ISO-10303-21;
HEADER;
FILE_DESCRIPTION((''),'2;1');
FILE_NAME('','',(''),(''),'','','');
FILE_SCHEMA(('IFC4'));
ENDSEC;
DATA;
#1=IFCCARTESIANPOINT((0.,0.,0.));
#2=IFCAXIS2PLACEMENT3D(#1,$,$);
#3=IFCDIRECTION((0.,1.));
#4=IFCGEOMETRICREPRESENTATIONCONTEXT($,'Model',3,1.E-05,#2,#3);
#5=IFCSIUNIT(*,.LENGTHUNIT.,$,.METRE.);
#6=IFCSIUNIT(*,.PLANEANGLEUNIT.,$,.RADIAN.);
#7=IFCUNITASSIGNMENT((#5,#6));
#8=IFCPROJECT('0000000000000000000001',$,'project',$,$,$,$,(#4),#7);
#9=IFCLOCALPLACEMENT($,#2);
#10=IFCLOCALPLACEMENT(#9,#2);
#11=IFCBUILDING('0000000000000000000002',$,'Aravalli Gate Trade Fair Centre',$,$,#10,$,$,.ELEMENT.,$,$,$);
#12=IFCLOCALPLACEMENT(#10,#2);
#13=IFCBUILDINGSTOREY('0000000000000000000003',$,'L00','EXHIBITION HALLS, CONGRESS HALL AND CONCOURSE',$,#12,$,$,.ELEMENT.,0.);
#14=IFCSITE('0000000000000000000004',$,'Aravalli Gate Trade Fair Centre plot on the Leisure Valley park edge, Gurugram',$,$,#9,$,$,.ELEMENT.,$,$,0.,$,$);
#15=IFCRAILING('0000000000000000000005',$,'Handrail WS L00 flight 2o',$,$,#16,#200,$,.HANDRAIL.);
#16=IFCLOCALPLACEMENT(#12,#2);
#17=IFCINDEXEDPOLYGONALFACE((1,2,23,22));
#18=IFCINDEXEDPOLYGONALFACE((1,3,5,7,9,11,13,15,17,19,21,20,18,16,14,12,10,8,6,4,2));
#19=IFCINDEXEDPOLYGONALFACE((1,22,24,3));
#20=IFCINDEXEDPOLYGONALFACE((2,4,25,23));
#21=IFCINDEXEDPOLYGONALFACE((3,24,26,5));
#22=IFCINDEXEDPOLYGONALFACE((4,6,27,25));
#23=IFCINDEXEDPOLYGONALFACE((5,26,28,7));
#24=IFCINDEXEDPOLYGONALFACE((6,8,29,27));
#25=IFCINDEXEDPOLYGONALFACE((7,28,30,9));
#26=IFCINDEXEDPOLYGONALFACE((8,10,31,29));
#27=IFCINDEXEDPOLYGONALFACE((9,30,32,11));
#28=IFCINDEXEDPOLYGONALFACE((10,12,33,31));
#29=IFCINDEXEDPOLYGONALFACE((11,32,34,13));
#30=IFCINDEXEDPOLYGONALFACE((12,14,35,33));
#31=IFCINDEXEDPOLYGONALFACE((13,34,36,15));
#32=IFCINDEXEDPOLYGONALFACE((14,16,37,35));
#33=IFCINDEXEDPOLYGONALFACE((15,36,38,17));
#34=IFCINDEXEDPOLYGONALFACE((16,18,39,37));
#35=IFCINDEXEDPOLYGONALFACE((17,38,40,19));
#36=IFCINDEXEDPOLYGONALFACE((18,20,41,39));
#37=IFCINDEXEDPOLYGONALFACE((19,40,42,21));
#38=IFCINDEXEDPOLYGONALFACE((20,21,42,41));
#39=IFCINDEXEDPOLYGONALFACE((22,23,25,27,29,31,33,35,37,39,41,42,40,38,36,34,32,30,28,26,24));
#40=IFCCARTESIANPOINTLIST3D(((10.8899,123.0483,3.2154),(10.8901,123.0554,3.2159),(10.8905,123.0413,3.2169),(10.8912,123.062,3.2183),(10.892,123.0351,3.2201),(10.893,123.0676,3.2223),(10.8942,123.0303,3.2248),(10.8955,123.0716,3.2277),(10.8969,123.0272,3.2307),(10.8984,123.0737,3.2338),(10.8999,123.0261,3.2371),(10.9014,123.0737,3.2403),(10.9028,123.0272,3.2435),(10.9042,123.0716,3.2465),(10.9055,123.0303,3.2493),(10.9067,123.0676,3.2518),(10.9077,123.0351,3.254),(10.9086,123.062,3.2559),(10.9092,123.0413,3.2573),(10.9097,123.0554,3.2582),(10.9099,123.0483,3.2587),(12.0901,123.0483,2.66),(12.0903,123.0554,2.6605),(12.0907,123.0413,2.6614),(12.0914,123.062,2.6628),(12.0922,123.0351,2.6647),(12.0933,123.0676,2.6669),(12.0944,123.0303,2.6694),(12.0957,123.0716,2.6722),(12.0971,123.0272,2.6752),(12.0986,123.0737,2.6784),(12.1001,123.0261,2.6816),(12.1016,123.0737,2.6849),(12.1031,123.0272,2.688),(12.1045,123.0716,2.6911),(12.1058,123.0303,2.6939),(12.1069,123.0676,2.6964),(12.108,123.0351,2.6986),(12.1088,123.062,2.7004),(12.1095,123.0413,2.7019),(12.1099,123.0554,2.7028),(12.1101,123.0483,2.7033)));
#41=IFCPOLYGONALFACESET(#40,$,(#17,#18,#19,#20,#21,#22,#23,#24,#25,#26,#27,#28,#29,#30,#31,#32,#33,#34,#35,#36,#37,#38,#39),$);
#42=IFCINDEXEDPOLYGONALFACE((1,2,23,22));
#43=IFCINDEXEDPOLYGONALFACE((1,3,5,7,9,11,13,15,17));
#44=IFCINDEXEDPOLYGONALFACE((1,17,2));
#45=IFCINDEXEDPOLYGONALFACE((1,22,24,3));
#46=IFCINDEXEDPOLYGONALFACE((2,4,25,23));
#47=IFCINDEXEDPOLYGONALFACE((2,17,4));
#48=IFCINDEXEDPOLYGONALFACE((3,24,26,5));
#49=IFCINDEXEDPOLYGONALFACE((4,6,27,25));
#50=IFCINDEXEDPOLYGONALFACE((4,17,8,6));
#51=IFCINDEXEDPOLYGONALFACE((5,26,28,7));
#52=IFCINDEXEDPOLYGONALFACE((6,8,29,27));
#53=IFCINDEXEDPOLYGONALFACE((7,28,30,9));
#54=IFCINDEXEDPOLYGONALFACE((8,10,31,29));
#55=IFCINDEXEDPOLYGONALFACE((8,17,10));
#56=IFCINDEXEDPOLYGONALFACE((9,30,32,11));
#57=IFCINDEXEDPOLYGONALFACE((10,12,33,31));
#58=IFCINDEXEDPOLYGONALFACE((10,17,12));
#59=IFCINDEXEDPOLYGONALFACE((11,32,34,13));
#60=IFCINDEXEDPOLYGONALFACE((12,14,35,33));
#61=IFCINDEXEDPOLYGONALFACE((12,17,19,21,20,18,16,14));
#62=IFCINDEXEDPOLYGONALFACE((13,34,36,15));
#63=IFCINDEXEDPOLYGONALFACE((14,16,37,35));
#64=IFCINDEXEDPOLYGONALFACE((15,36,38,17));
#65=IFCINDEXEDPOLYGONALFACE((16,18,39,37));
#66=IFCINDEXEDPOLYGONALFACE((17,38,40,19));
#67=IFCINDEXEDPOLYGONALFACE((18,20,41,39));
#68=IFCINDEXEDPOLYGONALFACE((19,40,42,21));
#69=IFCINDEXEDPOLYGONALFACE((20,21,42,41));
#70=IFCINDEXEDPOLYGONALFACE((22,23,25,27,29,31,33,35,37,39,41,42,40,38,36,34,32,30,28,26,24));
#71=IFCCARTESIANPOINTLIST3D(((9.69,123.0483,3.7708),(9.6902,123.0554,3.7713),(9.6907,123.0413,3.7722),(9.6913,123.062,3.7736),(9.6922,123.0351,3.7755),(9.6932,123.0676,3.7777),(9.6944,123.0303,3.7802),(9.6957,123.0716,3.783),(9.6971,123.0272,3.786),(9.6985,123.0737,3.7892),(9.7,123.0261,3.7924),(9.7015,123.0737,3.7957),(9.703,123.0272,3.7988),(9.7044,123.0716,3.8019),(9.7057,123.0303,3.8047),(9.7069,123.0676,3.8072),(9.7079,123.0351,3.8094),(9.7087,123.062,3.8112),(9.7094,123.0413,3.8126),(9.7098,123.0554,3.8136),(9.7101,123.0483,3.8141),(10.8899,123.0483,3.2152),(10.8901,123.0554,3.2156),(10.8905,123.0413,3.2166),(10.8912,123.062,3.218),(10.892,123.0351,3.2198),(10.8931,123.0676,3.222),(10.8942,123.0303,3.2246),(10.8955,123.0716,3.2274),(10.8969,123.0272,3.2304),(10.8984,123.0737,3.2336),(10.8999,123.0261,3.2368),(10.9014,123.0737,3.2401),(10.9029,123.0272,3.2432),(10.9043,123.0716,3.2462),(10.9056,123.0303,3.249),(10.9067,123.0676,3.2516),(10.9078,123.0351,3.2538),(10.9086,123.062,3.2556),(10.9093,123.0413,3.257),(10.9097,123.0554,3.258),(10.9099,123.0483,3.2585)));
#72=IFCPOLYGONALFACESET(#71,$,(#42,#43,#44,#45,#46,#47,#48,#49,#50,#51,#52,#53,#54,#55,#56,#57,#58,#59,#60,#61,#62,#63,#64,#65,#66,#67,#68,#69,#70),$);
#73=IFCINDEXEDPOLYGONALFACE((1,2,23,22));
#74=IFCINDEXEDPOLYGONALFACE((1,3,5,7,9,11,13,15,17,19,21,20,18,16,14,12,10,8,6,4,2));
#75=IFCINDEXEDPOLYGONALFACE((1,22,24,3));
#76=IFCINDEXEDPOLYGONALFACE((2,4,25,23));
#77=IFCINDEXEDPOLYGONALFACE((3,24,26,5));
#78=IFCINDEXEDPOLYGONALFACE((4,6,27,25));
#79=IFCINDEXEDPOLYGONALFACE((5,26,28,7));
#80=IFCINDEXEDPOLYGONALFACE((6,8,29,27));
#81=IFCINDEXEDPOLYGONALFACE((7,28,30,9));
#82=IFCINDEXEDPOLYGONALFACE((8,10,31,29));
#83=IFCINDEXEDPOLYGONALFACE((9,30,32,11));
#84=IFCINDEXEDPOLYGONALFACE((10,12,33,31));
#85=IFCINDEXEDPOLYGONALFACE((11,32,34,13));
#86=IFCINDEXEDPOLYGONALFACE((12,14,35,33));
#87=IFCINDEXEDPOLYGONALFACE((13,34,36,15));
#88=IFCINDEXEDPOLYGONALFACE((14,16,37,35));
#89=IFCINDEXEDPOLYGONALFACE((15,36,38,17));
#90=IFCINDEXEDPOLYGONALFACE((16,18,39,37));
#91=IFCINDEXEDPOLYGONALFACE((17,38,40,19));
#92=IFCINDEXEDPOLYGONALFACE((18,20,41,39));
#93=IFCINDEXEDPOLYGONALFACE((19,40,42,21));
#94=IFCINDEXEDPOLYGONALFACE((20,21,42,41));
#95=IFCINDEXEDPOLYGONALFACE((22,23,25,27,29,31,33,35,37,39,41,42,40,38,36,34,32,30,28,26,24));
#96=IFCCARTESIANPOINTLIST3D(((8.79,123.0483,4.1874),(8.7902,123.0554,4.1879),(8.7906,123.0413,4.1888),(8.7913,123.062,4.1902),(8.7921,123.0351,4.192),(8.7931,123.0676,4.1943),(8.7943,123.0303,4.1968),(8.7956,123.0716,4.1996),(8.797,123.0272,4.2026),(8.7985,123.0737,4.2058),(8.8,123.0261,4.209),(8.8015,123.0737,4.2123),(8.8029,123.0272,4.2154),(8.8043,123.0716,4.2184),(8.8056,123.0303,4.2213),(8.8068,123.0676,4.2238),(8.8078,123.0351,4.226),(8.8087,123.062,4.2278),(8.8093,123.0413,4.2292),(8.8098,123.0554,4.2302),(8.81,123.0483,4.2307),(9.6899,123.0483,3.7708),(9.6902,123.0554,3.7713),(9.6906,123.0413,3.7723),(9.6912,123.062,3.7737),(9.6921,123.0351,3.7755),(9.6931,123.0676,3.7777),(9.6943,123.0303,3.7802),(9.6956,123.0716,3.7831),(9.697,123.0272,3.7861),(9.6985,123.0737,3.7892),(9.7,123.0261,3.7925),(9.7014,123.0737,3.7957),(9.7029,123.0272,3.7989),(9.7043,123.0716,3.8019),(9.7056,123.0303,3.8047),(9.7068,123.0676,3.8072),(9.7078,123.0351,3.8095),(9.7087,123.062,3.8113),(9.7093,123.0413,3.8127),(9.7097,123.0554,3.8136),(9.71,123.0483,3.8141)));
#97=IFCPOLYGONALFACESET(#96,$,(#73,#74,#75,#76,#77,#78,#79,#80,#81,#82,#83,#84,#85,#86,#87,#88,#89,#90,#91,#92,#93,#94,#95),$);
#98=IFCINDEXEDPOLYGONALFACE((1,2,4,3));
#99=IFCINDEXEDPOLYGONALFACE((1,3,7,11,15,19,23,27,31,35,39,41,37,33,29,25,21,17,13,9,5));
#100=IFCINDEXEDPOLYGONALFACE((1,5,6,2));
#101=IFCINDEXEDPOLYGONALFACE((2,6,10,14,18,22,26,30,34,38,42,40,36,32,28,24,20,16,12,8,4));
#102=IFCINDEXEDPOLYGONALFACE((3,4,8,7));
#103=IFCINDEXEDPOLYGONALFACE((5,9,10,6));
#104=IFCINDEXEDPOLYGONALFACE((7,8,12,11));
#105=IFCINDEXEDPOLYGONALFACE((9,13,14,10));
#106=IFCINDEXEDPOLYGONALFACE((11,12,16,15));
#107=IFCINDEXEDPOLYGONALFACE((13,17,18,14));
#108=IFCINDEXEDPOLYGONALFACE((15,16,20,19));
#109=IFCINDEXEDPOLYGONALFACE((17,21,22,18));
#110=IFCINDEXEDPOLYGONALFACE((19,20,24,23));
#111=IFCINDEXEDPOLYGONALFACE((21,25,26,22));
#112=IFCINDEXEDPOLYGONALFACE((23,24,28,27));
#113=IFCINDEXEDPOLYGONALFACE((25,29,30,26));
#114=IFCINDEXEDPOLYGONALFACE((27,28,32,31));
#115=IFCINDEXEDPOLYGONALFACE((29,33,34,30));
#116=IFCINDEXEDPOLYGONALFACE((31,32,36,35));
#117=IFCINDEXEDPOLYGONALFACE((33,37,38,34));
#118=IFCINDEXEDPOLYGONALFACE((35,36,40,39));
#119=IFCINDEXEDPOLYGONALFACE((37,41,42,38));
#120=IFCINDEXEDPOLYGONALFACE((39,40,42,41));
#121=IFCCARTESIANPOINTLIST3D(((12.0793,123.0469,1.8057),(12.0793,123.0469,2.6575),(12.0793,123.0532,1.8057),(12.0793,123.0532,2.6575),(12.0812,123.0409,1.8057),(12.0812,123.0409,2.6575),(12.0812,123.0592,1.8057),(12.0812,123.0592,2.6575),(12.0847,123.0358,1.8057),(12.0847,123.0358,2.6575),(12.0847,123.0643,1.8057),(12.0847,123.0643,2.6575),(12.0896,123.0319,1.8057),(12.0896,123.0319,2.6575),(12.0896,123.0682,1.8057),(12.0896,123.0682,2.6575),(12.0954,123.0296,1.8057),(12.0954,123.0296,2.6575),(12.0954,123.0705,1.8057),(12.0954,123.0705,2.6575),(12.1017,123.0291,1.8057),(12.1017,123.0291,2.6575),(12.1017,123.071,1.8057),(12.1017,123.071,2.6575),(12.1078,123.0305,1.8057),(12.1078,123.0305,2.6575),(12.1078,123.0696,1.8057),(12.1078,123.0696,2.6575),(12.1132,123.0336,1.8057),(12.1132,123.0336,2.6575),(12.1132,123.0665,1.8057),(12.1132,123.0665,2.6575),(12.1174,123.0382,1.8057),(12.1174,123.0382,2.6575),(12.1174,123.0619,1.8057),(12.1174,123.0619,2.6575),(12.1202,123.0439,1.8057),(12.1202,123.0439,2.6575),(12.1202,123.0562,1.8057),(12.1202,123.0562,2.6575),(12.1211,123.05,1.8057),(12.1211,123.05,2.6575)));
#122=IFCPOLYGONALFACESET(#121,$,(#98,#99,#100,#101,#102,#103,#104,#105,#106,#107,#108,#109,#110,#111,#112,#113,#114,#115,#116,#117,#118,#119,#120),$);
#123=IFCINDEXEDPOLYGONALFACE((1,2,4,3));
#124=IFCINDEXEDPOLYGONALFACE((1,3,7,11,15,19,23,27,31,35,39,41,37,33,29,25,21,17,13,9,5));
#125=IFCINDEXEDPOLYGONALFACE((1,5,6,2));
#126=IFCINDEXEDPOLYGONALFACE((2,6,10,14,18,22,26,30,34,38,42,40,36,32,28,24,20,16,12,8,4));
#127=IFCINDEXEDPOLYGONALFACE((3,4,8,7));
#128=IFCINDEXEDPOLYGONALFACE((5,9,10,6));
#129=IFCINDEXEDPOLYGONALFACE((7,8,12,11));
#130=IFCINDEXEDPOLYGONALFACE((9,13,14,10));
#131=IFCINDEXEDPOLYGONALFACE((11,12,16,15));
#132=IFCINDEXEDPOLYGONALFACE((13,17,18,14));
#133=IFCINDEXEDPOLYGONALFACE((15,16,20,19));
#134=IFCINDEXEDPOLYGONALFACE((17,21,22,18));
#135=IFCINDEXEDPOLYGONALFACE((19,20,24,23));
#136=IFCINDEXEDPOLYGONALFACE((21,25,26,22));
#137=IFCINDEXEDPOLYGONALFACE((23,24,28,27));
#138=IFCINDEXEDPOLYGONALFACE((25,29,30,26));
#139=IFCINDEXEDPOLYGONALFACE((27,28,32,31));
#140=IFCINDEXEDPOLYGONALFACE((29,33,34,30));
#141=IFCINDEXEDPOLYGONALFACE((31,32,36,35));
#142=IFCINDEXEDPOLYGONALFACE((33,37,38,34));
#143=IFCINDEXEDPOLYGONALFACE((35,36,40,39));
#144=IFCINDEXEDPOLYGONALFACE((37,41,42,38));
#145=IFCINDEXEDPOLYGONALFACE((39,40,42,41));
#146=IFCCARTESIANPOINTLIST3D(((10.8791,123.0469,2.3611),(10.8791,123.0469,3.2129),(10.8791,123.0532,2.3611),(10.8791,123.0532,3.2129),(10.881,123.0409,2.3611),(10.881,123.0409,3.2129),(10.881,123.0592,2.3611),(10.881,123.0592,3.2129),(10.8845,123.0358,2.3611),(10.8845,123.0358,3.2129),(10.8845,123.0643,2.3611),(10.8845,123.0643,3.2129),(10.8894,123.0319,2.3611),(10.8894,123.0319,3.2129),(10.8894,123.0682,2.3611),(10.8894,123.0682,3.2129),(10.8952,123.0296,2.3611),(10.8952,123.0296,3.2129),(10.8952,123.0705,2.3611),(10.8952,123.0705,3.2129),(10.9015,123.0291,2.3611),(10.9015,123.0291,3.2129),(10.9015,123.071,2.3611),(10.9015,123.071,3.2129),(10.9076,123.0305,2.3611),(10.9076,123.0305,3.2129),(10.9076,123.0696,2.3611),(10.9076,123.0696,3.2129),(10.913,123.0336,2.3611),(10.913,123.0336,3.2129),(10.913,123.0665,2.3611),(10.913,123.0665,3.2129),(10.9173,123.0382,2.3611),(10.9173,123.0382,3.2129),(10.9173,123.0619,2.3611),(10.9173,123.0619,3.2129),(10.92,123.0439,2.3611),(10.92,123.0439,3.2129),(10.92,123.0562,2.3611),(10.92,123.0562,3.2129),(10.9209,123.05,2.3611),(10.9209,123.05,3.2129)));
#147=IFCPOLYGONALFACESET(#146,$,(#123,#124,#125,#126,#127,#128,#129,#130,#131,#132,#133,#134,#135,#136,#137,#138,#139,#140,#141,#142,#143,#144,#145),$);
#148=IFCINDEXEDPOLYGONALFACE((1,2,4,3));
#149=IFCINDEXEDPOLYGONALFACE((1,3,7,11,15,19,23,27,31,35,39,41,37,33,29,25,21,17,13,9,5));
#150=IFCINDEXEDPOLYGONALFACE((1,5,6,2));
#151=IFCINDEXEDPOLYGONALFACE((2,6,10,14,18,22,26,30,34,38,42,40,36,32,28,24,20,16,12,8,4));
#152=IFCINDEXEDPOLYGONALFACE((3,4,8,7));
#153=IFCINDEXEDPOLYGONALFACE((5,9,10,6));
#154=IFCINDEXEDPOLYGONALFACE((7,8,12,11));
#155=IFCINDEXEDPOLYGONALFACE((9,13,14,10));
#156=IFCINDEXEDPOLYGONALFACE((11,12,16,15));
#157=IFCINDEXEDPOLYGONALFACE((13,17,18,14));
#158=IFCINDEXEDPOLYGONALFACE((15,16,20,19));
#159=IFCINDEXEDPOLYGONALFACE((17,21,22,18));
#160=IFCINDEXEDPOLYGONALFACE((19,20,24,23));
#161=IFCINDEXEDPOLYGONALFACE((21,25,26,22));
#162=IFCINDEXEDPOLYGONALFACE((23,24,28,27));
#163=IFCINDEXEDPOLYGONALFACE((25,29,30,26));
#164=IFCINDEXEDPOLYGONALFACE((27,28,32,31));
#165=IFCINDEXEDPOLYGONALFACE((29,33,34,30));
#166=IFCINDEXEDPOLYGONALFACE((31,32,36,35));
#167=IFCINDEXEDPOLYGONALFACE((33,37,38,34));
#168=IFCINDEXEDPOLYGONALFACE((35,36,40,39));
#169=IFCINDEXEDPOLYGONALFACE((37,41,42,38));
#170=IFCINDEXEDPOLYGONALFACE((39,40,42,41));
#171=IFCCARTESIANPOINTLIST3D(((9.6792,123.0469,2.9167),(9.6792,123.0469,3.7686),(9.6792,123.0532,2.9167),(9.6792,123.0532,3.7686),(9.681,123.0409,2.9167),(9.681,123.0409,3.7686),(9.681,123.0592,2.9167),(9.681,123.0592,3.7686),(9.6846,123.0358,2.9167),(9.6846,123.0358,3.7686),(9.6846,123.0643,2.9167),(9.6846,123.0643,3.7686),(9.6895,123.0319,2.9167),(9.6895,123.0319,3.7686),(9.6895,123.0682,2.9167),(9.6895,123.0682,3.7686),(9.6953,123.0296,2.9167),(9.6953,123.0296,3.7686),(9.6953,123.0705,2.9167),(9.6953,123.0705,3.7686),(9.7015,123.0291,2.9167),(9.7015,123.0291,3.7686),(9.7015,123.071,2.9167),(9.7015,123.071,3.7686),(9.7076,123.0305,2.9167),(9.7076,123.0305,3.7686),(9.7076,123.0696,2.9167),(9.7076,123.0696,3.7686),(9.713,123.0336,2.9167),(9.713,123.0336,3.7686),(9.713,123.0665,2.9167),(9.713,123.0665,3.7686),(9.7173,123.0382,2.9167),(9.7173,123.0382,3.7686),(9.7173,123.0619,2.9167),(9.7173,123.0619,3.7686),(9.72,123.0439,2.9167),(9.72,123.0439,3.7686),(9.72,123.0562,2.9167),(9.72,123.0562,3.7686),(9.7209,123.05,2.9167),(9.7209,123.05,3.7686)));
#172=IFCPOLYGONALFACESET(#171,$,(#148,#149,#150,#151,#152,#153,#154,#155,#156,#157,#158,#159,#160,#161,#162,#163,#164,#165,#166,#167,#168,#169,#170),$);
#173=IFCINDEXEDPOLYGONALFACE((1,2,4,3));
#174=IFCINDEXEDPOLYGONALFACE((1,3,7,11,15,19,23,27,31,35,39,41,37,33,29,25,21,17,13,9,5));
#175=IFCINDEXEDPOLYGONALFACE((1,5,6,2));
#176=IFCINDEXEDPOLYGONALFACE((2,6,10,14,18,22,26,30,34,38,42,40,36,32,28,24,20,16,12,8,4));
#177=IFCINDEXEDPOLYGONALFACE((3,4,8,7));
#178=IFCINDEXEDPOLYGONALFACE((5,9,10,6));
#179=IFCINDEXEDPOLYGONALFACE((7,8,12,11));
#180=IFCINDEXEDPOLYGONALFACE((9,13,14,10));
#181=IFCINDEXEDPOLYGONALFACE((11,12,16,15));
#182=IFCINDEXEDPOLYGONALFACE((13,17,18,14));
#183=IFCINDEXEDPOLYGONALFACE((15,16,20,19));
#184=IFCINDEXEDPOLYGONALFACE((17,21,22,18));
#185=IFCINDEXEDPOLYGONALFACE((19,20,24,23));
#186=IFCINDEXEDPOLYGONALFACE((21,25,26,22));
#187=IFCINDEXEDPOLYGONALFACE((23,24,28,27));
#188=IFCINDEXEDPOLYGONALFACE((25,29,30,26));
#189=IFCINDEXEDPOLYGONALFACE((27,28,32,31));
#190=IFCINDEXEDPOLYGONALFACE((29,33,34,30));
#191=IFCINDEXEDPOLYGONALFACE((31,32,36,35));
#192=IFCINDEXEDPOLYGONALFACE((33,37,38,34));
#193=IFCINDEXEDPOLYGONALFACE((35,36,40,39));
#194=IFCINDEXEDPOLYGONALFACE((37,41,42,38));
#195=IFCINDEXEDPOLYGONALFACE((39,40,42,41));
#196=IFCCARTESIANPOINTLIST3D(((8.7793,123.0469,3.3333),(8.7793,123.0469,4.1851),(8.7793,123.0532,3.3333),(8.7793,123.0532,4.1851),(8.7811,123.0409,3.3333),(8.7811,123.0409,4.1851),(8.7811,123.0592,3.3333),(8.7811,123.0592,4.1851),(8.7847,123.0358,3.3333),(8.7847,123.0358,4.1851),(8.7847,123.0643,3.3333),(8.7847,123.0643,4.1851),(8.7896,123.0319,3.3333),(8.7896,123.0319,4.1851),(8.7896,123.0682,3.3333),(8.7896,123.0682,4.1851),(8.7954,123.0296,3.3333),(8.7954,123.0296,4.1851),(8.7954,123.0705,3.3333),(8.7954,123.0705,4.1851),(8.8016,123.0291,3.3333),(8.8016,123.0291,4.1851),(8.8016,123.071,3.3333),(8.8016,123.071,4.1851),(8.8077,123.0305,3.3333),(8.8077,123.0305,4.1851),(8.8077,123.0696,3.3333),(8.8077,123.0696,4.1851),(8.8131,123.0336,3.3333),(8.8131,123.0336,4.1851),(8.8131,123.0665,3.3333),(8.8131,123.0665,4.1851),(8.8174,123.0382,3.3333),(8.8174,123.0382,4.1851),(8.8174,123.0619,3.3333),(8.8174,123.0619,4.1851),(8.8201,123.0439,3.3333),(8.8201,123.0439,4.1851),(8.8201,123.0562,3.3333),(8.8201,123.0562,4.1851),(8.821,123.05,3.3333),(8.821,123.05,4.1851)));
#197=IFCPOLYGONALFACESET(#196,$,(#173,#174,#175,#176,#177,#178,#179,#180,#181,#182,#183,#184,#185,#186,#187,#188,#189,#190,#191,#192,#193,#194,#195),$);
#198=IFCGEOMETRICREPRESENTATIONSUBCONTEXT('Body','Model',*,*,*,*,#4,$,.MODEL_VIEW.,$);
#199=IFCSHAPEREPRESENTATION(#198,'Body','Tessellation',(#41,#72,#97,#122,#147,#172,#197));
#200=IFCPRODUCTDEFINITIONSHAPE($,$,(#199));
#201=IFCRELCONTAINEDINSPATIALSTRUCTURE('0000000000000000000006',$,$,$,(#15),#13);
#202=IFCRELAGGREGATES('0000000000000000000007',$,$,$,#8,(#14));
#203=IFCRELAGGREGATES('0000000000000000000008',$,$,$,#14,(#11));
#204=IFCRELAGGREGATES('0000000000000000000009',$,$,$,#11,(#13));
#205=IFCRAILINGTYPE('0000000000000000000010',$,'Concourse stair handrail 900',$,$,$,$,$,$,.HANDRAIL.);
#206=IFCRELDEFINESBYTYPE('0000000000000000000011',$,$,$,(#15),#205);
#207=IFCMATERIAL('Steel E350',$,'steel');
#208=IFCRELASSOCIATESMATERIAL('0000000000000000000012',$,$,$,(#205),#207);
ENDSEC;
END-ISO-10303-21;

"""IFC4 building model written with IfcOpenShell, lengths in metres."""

from ifc_helpers import new_model, si_unit, direction, frame, origin, origin_2d, place, context, subcontext, project, spatial, circle, extrude, material, type_object, element, save


model = new_model("IFC4")

# Units and contexts
model_context = context("Model", 3, precision=1e-05, world=origin(), true_north=direction((0.0, 1.0)))
body_context = subcontext(model_context, "Body", "Model", "MODEL_VIEW")
ifc_project = project(units=[si_unit("LENGTHUNIT", "METRE"), si_unit("PLANEANGLEUNIT", "RADIAN")], contexts=[model_context])

# Site, building, storey
site_placement = place(None, origin())
site = spatial("IfcSite", under=ifc_project, at=site_placement, Name="Aravalli Gate Trade Fair Centre plot on the Leisure Valley park edge, Gurugram", CompositionType="ELEMENT", RefElevation=0.0)
building_placement = place(site_placement, origin())
building = spatial("IfcBuilding", under=site, at=building_placement, Name="Aravalli Gate Trade Fair Centre", CompositionType="ELEMENT")
storey_placement = place(building_placement, origin())
storey = spatial("IfcBuildingStorey", under=building, at=storey_placement, Name="L00", Description="EXHIBITION HALLS, CONGRESS HALL AND CONCOURSE", CompositionType="ELEMENT", Elevation=0.0)

# Shared definitions
ifc_material_1 = material(Name="Steel E350", Category="steel")

# Railing
railing_type = type_object("IfcRailingType", Name="Concourse stair handrail 900", PredefinedType="HANDRAIL", material=ifc_material_1)
for number, where, name in (
    (1, (12.1001, 123.05, 1.8057), "Handrail WS L00 flight 2o"),
):
    element("IfcRailing", number, at=place(storey_placement, frame(where)), inside=storey, type_object=railing_type, Name=name, PredefinedType="HANDRAIL", context=body_context, shape_type="SweptSolid", body=[
        extrude(circle(Radius=0.0239, at=origin_2d()), frame((0.0, 0.0, 0.876), z_axis=(-0.907532, 0.0, 0.419983), x_axis=(0.0, -1.0, 0.0)), (0.0, 0.0, 1.0), 1.3225),
        extrude(circle(Radius=0.0239, at=origin_2d()), frame((-1.2002, 0.0, 1.4312), z_axis=(-0.907429, 0.0, 0.420205), x_axis=(0.0, -1.0, 0.0)), (0.0, 0.0, 1.0), 1.3223),
        extrude(circle(Radius=0.0239, at=origin_2d()), frame((-2.4001, 0.0, 1.9868), z_axis=(-0.907512, 0.0, 0.420026), x_axis=(0.0, -1.0, 0.0)), (0.0, 0.0, 1.0), 0.9917),
        extrude(circle(Radius=0.021, at=origin_2d()), origin(), (0.0, 0.0, 1.0), 0.8518),
        extrude(circle(Radius=0.021, at=origin_2d()), frame((-1.2002, 0.0, 0.5554)), (0.0, 0.0, 1.0), 0.8518),
        extrude(circle(Radius=0.021, at=origin_2d()), frame((-2.4001, 0.0, 1.1111)), (0.0, 0.0, 1.0), 0.8518),
        extrude(circle(Radius=0.021, at=origin_2d()), frame((-3.3, 0.0, 1.5276)), (0.0, 0.0, 1.0), 0.8518),
    ])

save(model, "model.ifc")
